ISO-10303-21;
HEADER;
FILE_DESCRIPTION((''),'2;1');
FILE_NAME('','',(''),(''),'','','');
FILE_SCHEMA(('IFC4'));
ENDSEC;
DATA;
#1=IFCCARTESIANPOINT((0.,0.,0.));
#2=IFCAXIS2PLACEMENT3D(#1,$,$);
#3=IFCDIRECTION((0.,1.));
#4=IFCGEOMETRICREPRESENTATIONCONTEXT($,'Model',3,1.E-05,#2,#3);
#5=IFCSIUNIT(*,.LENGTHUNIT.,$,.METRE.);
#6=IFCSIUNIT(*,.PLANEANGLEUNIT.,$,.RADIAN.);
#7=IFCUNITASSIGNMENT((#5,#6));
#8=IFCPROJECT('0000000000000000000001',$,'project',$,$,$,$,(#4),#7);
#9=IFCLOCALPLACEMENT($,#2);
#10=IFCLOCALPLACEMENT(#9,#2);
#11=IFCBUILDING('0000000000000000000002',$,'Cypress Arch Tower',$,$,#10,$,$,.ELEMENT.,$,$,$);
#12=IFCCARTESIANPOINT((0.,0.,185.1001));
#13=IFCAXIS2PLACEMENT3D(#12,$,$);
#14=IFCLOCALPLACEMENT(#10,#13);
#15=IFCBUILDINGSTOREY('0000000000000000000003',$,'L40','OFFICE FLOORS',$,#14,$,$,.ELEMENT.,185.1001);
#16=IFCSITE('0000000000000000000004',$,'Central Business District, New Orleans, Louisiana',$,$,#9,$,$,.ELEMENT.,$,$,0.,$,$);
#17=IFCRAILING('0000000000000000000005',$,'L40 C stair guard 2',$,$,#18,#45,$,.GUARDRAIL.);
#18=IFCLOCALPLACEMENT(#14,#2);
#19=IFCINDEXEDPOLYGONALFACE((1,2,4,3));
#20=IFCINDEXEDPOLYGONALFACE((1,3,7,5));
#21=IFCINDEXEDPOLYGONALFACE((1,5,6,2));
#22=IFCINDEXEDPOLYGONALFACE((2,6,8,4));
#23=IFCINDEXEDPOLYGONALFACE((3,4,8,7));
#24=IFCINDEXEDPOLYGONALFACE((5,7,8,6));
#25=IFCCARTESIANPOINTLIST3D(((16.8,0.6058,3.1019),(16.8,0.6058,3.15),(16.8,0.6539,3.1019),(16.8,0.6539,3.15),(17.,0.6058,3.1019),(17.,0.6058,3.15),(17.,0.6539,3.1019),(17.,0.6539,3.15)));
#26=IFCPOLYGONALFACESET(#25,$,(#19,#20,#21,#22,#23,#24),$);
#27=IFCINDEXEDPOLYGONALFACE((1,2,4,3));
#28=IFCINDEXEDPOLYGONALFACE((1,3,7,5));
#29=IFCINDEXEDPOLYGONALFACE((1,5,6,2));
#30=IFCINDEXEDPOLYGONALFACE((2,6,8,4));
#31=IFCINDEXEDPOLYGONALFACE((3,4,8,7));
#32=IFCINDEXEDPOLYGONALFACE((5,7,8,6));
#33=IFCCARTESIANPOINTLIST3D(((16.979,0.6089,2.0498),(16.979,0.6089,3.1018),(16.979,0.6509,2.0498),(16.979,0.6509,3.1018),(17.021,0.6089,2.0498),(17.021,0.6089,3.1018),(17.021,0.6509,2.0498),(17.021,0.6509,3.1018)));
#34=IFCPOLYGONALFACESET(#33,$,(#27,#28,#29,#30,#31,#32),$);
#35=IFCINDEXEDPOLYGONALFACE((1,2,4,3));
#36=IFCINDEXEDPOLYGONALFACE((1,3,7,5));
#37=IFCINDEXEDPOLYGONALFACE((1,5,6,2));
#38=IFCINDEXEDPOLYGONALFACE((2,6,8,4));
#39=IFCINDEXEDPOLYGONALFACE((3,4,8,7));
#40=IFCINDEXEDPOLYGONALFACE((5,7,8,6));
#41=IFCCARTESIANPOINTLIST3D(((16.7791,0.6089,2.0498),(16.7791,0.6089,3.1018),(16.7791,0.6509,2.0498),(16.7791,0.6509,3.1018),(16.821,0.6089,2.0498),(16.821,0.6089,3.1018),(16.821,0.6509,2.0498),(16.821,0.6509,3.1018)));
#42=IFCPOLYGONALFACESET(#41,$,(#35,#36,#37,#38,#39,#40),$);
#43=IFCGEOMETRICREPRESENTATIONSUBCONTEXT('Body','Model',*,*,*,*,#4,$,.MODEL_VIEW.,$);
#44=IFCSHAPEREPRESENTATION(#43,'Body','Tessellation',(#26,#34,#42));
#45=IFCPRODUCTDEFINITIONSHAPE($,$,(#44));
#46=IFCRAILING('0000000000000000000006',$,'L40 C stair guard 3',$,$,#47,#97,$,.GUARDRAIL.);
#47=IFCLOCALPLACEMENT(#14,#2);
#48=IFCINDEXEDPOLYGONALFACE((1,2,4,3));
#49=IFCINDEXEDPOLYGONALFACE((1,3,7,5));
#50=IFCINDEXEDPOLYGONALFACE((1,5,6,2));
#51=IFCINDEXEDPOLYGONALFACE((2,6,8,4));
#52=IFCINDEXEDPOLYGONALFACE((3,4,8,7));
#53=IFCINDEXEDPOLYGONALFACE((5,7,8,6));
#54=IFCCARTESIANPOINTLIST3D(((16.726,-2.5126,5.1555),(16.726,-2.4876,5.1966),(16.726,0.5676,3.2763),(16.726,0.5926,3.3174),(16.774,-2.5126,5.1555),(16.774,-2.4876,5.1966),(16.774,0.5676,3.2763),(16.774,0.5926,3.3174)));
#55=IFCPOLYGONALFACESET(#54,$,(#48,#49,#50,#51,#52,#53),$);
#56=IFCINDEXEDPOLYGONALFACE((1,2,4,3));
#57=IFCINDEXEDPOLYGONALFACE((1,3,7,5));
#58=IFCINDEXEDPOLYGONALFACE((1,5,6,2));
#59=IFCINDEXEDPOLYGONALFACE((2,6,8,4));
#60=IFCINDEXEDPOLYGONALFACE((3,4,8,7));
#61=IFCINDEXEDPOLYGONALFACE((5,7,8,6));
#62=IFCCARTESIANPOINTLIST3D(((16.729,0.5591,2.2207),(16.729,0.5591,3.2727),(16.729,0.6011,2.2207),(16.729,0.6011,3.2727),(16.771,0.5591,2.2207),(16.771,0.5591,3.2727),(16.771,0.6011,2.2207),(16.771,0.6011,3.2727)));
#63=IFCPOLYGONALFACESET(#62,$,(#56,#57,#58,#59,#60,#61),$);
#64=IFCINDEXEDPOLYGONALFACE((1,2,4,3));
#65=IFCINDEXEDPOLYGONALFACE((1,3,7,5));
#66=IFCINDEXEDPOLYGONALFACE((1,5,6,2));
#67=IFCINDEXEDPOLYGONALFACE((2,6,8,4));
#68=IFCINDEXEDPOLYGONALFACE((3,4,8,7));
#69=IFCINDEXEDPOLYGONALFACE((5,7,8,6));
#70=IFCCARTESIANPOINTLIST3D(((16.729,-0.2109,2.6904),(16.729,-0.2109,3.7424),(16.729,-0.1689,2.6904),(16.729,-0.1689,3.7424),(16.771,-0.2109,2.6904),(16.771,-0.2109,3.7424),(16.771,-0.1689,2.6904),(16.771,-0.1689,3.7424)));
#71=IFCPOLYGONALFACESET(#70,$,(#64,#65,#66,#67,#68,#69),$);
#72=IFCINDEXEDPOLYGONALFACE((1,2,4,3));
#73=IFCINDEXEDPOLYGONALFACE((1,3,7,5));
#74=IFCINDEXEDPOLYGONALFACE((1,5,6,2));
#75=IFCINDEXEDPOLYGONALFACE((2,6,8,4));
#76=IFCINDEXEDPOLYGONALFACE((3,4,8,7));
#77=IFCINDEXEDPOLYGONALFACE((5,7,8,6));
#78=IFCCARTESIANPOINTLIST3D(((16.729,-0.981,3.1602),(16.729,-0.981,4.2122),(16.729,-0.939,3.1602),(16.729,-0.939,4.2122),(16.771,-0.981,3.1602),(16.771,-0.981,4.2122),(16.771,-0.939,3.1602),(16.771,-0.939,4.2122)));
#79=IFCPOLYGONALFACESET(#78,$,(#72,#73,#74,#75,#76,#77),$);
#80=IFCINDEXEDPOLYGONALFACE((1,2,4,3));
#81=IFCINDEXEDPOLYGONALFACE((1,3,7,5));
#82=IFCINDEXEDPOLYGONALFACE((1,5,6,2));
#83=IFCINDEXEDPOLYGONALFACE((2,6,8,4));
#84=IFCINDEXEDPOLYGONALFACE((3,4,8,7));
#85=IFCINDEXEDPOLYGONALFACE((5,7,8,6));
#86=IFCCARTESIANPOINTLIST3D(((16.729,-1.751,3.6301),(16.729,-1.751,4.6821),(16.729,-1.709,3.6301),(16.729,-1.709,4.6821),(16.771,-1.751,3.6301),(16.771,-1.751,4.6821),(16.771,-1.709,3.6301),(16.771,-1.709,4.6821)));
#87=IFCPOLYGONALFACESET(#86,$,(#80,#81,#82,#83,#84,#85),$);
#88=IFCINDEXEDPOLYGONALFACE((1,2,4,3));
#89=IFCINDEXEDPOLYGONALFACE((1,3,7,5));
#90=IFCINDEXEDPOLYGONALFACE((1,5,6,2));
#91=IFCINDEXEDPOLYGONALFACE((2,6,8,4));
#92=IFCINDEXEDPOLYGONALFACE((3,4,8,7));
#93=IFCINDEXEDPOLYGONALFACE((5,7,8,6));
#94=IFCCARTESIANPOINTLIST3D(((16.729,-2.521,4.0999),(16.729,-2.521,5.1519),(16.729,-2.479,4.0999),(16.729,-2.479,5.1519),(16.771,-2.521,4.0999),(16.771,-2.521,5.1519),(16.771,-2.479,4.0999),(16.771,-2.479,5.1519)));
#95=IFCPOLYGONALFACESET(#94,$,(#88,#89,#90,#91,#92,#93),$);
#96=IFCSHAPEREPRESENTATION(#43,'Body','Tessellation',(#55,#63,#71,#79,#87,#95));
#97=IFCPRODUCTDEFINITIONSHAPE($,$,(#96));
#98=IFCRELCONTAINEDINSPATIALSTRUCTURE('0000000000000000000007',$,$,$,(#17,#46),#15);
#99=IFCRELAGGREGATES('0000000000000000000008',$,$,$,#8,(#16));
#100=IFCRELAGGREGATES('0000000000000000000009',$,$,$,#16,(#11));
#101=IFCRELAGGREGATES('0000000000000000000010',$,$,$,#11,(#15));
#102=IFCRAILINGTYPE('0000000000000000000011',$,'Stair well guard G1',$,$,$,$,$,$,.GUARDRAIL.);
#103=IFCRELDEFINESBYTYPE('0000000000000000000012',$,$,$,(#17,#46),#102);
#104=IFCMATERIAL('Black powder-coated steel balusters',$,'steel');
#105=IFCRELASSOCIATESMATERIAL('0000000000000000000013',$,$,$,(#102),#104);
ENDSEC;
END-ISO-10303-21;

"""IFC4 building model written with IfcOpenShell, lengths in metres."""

from ifc_helpers import new_model, si_unit, direction, frame, origin, origin_2d, place, context, subcontext, project, spatial, rectangle, extrude, material, type_object, element, save


model = new_model("IFC4")

# Units and contexts
model_context = context("Model", 3, precision=1e-05, world=origin(), true_north=direction((0.0, 1.0)))
body_context = subcontext(model_context, "Body", "Model", "MODEL_VIEW")
ifc_project = project(units=[si_unit("LENGTHUNIT", "METRE"), si_unit("PLANEANGLEUNIT", "RADIAN")], contexts=[model_context])

# Site, building, storey
site_placement = place(None, origin())
site = spatial("IfcSite", under=ifc_project, at=site_placement, Name="Central Business District, New Orleans, Louisiana", CompositionType="ELEMENT", RefElevation=0.0)
building_placement = place(site_placement, origin())
building = spatial("IfcBuilding", under=site, at=building_placement, Name="Cypress Arch Tower", CompositionType="ELEMENT")
storey_placement = place(building_placement, frame((0.0, 0.0, 185.1001)))
storey = spatial("IfcBuildingStorey", under=building, at=storey_placement, Name="L40", Description="OFFICE FLOORS", CompositionType="ELEMENT", Elevation=185.1001)

# Railings
ifc_material_1 = material(Name="Black powder-coated steel balusters", Category="steel")
railing_type_1 = type_object("IfcRailingType", Name="Stair well guard G1", PredefinedType="GUARDRAIL", material=ifc_material_1)
railing_1_placement = place(storey_placement, frame((17.0, 0.6299, 2.0498)))
element("IfcRailing", 1, at=railing_1_placement, inside=storey, type_object=railing_type_1, Name="L40 C stair guard 2", PredefinedType="GUARDRAIL", context=body_context, shape_type="SweptSolid", body=[
    extrude(rectangle(XDim=0.0481, YDim=0.0481, at=origin_2d()), frame((0.0, 0.0, 1.0762), z_axis=(-1.0, 0.0, 0.0), x_axis=(0.0, -1.0, 0.0)), (0.0, 0.0, 1.0), 0.2),
    extrude(rectangle(XDim=0.042, YDim=0.042, at=origin_2d()), origin(), (0.0, 0.0, 1.0), 1.052),
    extrude(rectangle(XDim=0.042, YDim=0.042, at=origin_2d()), frame((-0.2, 0.0, 0.0)), (0.0, 0.0, 1.0), 1.052),
])
railing_2_placement = place(storey_placement, frame((16.75, 0.5801, 2.2207)))
element("IfcRailing", 2, at=railing_2_placement, inside=storey, type_object=railing_type_1, Name="L40 C stair guard 3", PredefinedType="GUARDRAIL", context=body_context, shape_type="SweptSolid", body=[
    extrude(rectangle(XDim=0.0481, YDim=0.0481, at=origin_2d()), frame((0.0, 0.0, 1.0762), z_axis=(0.0, -0.853666, 0.52082), x_axis=(1.0, 0.0, 0.0)), (0.0, 0.0, 1.0), 3.6082),
    extrude(rectangle(XDim=0.042, YDim=0.042, at=origin_2d()), origin(), (0.0, 0.0, 1.0), 1.052),
    extrude(rectangle(XDim=0.042, YDim=0.042, at=origin_2d()), frame((0.0, -0.77, 0.4697)), (0.0, 0.0, 1.0), 1.052),
    extrude(rectangle(XDim=0.042, YDim=0.042, at=origin_2d()), frame((0.0, -1.54, 0.9395)), (0.0, 0.0, 1.0), 1.052),
    extrude(rectangle(XDim=0.042, YDim=0.042, at=origin_2d()), frame((0.0, -2.3101, 1.4094)), (0.0, 0.0, 1.0), 1.052),
    extrude(rectangle(XDim=0.042, YDim=0.042, at=origin_2d()), frame((0.0, -3.0801, 1.8792)), (0.0, 0.0, 1.0), 1.052),
])

save(model, "model.ifc")
